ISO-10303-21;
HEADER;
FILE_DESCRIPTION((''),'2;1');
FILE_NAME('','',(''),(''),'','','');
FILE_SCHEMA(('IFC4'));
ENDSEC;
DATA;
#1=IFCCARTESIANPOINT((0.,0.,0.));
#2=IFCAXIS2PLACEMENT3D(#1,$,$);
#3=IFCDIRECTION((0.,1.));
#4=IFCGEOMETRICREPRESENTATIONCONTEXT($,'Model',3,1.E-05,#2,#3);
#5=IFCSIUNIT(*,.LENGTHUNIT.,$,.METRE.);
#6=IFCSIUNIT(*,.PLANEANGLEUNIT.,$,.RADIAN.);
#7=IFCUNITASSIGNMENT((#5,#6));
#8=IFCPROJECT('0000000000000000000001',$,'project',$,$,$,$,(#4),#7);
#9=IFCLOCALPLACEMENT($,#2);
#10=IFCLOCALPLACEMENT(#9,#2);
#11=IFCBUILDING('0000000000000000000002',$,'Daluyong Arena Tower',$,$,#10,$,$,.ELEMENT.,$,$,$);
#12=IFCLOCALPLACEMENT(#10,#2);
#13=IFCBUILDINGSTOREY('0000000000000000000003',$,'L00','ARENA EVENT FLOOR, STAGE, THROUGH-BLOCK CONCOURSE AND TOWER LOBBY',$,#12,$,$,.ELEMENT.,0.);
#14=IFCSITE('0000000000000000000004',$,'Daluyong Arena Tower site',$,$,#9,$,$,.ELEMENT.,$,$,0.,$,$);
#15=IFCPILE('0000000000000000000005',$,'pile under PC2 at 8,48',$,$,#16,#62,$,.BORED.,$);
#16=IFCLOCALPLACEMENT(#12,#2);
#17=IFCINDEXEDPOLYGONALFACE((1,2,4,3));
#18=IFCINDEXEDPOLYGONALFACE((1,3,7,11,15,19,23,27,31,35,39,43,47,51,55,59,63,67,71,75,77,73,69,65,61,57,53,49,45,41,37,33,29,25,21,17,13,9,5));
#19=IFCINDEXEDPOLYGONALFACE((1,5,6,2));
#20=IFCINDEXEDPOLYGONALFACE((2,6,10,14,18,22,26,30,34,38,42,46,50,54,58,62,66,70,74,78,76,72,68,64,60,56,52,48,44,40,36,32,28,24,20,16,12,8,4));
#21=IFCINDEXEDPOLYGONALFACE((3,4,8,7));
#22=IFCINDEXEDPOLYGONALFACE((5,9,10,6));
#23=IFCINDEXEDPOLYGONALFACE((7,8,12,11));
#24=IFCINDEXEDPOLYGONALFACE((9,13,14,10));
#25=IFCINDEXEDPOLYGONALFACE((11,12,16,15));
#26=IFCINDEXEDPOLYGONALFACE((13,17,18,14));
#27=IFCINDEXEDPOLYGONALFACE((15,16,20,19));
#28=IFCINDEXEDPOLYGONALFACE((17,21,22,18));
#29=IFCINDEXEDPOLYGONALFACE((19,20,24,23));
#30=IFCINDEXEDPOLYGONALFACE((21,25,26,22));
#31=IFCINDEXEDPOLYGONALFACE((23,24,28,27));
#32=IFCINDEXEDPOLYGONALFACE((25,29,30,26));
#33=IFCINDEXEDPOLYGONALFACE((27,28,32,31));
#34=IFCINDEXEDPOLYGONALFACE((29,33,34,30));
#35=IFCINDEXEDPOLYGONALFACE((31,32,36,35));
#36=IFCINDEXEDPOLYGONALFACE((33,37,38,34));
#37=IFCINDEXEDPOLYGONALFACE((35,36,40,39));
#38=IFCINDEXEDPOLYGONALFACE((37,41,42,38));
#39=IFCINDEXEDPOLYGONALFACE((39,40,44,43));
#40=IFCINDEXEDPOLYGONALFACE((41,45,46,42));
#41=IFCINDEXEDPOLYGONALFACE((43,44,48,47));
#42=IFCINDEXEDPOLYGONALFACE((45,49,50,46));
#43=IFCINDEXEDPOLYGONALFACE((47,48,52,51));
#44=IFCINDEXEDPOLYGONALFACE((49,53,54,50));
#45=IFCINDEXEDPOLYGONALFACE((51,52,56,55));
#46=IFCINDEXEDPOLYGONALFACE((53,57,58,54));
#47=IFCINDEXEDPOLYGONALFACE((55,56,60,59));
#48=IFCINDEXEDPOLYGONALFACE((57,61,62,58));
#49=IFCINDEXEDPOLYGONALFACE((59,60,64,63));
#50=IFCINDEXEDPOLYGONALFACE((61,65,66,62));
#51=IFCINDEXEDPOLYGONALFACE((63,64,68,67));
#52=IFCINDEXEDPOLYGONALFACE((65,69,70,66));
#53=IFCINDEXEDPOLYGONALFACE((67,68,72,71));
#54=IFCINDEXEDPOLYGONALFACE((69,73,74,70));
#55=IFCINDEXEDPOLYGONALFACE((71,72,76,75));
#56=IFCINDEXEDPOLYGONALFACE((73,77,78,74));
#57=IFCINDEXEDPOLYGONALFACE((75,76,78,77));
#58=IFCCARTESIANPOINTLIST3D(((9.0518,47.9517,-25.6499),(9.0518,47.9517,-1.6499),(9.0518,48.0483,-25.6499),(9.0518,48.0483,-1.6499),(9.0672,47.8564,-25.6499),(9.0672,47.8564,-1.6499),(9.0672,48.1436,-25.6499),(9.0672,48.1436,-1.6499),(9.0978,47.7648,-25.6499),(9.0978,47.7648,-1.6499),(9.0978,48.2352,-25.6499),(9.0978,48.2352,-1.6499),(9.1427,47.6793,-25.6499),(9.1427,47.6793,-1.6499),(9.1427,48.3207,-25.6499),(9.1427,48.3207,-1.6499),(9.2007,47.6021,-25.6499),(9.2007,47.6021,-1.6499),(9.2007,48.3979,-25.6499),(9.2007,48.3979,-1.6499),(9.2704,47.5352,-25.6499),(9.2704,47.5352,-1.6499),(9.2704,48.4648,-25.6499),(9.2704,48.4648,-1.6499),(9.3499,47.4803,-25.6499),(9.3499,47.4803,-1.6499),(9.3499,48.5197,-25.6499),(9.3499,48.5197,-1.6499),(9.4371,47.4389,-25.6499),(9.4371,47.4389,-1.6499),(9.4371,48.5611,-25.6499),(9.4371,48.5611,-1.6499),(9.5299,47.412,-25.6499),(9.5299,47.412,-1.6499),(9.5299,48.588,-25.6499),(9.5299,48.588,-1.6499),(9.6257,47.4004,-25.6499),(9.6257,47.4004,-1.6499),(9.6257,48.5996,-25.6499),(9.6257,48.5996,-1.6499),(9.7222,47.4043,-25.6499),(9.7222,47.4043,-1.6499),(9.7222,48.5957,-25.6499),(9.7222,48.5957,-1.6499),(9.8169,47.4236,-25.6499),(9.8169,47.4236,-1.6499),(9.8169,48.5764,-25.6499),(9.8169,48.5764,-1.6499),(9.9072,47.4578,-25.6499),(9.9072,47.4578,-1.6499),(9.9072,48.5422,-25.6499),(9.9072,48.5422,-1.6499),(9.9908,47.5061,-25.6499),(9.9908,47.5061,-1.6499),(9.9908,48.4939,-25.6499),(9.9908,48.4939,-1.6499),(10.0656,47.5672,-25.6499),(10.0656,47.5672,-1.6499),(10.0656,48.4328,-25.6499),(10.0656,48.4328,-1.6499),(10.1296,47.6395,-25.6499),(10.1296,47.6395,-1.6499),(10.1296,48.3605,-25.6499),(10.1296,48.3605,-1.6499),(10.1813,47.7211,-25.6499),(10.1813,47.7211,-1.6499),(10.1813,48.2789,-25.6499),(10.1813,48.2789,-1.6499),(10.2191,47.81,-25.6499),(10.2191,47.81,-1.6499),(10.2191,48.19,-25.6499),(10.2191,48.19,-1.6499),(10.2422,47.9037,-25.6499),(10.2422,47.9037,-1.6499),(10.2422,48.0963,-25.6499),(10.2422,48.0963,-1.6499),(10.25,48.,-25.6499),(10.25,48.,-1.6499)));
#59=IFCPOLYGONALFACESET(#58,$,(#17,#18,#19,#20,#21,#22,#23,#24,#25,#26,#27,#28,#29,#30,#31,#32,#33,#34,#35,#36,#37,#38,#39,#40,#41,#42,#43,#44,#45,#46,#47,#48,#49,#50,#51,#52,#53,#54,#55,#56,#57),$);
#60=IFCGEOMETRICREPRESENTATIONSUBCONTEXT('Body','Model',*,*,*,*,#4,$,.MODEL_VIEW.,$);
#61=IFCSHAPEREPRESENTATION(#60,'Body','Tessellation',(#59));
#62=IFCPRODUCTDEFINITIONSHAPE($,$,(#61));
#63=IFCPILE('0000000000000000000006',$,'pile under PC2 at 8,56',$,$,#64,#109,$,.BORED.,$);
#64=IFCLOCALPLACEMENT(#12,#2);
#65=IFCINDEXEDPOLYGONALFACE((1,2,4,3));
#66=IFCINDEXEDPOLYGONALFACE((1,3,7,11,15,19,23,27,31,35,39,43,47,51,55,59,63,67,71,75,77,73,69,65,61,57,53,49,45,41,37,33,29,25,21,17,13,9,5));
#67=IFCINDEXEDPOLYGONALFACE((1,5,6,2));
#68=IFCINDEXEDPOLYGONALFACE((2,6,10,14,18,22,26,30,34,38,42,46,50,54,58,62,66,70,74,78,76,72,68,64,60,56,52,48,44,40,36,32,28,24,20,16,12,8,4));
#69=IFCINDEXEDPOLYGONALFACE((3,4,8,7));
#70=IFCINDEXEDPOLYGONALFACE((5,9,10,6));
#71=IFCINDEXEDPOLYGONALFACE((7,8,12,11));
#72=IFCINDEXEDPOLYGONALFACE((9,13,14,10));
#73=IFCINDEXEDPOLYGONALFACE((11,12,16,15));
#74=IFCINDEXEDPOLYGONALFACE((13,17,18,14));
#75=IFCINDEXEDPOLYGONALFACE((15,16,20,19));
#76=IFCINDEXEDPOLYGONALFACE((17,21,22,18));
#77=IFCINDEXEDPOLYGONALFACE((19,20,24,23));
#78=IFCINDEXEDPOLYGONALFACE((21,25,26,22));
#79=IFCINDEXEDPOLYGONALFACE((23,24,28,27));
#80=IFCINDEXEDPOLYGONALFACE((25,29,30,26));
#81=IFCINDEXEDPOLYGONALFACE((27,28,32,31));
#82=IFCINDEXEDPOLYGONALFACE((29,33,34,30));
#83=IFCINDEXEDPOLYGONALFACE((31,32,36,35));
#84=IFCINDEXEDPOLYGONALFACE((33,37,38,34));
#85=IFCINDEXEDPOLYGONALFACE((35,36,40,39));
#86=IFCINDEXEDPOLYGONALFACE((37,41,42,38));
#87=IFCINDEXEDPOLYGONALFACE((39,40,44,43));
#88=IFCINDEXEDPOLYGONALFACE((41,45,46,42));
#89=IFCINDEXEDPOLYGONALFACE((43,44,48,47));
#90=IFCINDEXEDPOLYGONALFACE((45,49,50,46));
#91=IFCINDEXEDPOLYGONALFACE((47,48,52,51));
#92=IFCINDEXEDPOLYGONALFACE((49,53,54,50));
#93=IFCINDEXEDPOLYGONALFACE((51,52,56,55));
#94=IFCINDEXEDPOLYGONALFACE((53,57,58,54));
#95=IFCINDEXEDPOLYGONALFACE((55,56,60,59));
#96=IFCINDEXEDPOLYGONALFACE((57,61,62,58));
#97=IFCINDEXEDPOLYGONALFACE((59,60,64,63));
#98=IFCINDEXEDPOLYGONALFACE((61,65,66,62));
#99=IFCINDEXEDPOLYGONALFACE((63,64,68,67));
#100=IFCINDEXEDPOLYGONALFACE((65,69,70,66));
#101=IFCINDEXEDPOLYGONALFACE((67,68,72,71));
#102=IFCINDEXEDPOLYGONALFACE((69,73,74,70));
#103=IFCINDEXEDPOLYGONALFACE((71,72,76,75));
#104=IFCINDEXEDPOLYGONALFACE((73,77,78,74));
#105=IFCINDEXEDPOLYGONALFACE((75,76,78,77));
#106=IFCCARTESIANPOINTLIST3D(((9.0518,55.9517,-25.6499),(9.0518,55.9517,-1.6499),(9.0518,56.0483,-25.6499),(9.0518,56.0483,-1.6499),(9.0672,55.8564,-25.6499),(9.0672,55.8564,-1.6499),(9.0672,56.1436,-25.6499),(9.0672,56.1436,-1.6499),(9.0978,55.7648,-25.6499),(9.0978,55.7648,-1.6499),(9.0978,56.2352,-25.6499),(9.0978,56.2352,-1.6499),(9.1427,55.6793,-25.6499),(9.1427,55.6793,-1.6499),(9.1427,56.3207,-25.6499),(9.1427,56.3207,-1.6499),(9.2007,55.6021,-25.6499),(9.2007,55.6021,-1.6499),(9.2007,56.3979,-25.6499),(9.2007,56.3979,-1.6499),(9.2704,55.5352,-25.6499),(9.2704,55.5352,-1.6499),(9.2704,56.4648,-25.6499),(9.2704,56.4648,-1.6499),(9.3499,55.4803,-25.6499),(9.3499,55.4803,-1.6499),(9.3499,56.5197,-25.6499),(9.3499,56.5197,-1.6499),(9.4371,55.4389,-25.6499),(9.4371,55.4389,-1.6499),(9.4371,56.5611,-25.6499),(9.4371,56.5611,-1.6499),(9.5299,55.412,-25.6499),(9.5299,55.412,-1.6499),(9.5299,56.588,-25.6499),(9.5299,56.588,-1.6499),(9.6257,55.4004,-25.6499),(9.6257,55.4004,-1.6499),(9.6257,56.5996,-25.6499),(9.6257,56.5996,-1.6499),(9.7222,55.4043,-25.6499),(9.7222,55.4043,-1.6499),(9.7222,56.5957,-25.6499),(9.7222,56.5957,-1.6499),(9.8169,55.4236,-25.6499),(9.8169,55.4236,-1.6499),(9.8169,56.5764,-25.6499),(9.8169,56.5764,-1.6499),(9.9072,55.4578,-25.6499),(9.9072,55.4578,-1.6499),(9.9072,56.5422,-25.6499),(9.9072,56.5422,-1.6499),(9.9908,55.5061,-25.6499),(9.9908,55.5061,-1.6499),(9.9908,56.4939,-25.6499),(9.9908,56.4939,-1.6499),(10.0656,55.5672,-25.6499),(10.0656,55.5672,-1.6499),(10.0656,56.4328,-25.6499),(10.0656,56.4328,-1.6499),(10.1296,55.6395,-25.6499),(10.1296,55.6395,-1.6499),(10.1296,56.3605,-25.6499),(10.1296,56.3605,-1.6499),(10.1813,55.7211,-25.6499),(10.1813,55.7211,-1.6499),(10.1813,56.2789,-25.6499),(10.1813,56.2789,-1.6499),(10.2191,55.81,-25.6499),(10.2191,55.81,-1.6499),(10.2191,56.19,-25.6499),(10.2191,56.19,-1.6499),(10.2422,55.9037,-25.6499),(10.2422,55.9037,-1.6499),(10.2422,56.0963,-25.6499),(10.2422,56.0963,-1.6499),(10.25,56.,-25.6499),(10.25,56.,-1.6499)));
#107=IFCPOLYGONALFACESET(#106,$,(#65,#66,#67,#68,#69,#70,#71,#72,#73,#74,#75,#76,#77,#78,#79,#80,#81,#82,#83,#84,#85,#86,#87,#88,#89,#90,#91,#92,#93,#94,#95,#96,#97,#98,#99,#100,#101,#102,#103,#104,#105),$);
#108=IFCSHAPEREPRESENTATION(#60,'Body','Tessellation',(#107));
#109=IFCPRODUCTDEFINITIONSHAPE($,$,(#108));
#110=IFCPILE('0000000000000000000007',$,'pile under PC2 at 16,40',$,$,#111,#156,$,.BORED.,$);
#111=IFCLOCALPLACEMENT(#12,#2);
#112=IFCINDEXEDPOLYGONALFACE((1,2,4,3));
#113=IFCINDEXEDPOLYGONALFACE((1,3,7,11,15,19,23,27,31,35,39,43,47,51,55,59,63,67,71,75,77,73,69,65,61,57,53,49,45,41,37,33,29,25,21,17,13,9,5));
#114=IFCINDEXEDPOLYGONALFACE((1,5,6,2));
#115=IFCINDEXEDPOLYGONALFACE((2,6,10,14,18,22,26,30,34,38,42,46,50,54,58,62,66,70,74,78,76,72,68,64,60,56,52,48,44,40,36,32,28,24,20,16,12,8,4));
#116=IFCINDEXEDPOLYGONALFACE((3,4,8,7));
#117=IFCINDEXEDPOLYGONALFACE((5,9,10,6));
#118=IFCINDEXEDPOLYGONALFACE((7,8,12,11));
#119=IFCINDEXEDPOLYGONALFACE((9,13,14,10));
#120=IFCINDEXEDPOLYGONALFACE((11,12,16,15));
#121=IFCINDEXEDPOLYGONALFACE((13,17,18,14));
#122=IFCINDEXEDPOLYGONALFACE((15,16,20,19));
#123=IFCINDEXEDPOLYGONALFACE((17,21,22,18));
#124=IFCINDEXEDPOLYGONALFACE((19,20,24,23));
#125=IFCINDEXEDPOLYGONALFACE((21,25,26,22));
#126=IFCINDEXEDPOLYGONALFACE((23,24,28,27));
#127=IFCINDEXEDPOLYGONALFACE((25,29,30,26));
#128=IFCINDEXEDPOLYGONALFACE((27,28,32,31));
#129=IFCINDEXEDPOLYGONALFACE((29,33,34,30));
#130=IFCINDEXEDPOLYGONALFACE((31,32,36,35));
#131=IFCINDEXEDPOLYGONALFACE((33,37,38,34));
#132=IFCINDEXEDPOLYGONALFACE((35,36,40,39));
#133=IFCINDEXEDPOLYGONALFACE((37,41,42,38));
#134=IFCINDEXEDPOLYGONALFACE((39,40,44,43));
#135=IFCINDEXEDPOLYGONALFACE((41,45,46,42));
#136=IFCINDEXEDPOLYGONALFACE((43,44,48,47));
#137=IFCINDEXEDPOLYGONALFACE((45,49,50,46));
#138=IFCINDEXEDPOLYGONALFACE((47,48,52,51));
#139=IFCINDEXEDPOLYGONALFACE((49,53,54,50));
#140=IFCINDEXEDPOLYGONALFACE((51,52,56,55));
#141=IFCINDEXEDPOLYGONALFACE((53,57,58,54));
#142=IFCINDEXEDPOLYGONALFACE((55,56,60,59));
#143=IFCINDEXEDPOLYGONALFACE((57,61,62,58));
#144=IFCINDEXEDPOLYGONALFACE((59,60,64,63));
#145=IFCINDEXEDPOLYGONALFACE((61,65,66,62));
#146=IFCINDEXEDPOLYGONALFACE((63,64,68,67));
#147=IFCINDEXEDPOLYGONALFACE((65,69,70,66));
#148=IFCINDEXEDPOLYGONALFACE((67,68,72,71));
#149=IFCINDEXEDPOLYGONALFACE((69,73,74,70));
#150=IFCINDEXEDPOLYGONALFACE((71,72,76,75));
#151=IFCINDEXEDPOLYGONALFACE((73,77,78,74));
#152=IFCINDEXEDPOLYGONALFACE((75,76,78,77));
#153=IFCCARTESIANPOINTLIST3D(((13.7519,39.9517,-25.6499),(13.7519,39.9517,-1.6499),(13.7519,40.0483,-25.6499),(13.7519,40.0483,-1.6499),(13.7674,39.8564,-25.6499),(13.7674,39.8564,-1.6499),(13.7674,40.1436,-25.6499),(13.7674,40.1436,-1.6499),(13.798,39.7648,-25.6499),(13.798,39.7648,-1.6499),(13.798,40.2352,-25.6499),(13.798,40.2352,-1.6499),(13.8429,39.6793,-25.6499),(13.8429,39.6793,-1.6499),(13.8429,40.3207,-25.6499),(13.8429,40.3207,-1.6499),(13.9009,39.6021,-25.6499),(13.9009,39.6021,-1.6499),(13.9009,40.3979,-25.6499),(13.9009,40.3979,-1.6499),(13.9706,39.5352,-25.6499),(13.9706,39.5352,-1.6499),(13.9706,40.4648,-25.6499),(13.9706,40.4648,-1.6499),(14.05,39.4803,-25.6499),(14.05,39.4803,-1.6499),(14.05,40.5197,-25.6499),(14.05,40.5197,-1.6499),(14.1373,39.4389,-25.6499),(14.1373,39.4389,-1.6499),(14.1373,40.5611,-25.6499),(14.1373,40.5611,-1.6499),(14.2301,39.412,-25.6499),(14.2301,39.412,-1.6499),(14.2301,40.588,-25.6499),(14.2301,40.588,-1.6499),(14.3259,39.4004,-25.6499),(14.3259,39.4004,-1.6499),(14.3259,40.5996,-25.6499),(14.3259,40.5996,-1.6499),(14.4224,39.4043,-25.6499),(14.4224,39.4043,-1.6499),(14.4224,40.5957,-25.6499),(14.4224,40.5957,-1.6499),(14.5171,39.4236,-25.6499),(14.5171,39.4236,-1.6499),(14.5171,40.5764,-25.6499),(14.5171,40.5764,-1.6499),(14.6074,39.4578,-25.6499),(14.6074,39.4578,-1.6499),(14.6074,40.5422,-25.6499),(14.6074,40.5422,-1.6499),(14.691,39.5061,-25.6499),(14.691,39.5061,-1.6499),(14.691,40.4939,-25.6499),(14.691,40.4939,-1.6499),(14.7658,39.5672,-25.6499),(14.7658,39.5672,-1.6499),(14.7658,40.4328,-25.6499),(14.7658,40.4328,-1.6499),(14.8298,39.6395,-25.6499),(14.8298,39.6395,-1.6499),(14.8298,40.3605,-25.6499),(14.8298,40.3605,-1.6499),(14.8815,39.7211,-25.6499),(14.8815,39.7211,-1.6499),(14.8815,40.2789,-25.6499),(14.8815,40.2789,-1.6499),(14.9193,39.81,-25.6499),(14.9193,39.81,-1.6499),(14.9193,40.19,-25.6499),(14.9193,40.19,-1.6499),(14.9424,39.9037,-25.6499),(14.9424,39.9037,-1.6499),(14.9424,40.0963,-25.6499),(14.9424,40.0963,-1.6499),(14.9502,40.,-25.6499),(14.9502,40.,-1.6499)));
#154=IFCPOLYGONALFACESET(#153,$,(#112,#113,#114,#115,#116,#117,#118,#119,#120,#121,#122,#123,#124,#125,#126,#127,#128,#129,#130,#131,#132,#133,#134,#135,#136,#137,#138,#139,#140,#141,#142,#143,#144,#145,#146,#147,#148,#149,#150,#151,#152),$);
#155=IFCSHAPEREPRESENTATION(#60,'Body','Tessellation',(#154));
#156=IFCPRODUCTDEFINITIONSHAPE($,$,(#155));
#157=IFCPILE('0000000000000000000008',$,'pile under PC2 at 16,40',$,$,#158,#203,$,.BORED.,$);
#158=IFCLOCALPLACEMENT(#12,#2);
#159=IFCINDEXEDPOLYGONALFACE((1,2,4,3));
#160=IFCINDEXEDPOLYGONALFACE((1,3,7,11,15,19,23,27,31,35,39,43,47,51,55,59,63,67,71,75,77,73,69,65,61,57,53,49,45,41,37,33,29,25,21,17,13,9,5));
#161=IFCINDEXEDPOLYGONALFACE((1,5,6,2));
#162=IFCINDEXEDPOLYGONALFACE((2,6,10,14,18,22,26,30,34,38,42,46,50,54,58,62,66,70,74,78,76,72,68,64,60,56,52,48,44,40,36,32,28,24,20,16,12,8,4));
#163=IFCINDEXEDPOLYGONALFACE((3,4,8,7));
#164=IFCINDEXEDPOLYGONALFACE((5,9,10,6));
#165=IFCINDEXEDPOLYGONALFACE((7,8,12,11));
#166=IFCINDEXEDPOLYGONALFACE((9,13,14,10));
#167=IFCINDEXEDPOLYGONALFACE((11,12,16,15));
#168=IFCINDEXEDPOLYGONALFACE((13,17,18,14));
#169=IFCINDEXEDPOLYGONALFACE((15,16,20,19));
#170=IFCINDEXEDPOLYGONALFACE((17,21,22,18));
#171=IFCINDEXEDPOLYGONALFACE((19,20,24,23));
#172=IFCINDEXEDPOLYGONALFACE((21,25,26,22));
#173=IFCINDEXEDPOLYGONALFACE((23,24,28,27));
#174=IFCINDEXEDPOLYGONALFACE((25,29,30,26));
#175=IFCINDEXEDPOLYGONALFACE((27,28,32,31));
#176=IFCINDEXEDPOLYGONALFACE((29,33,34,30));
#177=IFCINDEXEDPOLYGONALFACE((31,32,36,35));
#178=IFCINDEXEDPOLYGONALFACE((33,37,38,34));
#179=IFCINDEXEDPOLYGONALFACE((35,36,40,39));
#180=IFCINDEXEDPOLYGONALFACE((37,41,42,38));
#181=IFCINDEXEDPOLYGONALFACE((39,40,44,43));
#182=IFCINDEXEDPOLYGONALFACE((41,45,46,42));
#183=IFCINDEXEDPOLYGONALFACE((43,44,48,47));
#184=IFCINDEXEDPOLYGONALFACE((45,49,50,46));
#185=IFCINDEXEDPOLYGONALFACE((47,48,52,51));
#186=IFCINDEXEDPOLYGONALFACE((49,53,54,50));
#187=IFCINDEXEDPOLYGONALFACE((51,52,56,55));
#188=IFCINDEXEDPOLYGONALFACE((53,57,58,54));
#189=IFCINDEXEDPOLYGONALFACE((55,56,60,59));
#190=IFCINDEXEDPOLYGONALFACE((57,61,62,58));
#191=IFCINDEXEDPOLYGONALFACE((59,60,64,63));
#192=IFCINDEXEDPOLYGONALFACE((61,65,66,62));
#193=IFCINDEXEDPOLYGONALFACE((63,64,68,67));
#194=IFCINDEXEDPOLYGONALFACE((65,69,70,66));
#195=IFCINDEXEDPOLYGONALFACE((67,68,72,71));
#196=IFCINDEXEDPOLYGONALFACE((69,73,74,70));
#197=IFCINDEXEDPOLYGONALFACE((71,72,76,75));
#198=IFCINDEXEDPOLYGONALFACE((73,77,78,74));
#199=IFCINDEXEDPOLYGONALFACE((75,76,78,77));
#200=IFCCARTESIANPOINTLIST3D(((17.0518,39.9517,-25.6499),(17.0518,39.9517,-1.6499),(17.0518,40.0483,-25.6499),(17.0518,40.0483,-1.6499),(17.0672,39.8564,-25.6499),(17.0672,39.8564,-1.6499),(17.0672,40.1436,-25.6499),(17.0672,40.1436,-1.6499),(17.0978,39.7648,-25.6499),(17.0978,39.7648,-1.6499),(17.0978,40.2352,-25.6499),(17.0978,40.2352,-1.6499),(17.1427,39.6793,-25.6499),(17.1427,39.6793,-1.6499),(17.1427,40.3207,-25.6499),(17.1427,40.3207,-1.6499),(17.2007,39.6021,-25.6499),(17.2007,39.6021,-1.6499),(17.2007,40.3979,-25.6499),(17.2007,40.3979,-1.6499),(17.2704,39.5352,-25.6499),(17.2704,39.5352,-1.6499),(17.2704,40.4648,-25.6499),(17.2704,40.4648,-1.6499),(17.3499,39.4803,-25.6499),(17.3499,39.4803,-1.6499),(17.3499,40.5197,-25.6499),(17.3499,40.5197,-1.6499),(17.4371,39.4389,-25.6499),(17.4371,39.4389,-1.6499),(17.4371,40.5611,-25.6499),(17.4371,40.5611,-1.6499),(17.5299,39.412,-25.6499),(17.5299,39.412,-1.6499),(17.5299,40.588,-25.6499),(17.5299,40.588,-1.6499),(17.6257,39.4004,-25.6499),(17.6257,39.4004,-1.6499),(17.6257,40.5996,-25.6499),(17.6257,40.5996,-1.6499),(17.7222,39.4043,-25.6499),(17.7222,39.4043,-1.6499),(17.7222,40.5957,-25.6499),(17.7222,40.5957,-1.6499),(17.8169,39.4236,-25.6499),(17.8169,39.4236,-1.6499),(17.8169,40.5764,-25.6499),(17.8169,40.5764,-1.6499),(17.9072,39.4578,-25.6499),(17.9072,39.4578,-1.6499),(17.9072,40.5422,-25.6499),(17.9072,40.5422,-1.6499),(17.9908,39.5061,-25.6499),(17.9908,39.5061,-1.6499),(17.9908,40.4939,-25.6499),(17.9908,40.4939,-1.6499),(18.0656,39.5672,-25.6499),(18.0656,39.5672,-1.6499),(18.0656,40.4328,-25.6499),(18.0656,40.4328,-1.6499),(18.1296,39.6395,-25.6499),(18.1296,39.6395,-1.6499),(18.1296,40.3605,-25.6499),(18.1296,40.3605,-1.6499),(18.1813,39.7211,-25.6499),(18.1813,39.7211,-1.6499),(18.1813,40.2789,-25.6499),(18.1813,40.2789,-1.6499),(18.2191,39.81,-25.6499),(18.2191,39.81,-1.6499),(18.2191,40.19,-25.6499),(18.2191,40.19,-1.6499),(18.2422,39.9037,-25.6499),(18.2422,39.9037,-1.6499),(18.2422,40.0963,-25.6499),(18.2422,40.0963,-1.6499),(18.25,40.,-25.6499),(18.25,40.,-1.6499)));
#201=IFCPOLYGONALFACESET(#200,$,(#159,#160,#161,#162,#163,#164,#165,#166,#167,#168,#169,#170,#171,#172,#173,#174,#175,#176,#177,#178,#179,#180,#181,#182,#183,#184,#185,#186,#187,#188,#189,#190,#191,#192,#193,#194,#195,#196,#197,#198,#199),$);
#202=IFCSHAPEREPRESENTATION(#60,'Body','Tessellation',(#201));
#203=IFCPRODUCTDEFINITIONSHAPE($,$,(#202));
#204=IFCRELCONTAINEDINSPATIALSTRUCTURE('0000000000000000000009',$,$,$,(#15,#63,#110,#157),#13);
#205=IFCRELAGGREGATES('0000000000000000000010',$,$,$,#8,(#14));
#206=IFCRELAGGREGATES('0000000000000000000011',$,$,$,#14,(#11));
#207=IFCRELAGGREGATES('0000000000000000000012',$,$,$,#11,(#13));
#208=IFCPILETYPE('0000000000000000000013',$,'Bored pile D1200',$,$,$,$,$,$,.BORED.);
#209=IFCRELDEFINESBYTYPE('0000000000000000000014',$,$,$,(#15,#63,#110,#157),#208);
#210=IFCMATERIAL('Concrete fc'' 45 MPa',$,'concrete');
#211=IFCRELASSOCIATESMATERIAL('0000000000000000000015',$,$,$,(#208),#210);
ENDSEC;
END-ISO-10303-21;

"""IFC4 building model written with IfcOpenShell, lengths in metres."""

from ifc_helpers import new_model, si_unit, direction, frame, origin, origin_2d, place, context, subcontext, project, spatial, circle, extrude, material, type_object, element, save


model = new_model("IFC4")

# Units and contexts
model_context = context("Model", 3, precision=1e-05, world=origin(), true_north=direction((0.0, 1.0)))
body_context = subcontext(model_context, "Body", "Model", "MODEL_VIEW")
ifc_project = project(units=[si_unit("LENGTHUNIT", "METRE"), si_unit("PLANEANGLEUNIT", "RADIAN")], contexts=[model_context])

# Site, building, storey
site_placement = place(None, origin())
site = spatial("IfcSite", under=ifc_project, at=site_placement, Name="Daluyong Arena Tower site", CompositionType="ELEMENT", RefElevation=0.0)
building_placement = place(site_placement, origin())
building = spatial("IfcBuilding", under=site, at=building_placement, Name="Daluyong Arena Tower", CompositionType="ELEMENT")
storey_placement = place(building_placement, origin())
storey = spatial("IfcBuildingStorey", under=building, at=storey_placement, Name="L00", Description="ARENA EVENT FLOOR, STAGE, THROUGH-BLOCK CONCOURSE AND TOWER LOBBY", CompositionType="ELEMENT", Elevation=0.0)

# Piles
ifc_material_1 = material(Name="Concrete fc' 45 MPa", Category="concrete")
pile_type = type_object("IfcPileType", Name="Bored pile D1200", PredefinedType="BORED", material=ifc_material_1)
for number, where, z_axis, x_axis, name in (
    (1, (9.6499, 48.0, -1.6499), (0.0, 0.0, -1.0), (1.0, 0.0, 0.0), "pile under PC2 at 8,48"),
    (2, (9.6499, 56.0, -1.6499), (0.0, 0.0, -1.0), (1.0, 0.0, 0.0), "pile under PC2 at 8,56"),
    (3, (14.3501, 40.0, -1.6499), (0.0, 0.0, -1.0), (1.0, 0.0, 0.0), "pile under PC2 at 16,40"),
    (4, (17.6499, 40.0, -1.6499), (0.0, 0.0, -1.0), (1.0, 0.0, 0.0), "pile under PC2 at 16,40"),
):
    element("IfcPile", number, at=place(storey_placement, frame(where, z_axis=z_axis, x_axis=x_axis)), inside=storey, type_object=pile_type, Name=name, PredefinedType="BORED", context=body_context, shape_type="SweptSolid", body=[
        extrude(circle(Radius=0.6001, at=origin_2d()), origin(), (0.0, 0.0, 1.0), 24.0),
    ])

save(model, "model.ifc")
